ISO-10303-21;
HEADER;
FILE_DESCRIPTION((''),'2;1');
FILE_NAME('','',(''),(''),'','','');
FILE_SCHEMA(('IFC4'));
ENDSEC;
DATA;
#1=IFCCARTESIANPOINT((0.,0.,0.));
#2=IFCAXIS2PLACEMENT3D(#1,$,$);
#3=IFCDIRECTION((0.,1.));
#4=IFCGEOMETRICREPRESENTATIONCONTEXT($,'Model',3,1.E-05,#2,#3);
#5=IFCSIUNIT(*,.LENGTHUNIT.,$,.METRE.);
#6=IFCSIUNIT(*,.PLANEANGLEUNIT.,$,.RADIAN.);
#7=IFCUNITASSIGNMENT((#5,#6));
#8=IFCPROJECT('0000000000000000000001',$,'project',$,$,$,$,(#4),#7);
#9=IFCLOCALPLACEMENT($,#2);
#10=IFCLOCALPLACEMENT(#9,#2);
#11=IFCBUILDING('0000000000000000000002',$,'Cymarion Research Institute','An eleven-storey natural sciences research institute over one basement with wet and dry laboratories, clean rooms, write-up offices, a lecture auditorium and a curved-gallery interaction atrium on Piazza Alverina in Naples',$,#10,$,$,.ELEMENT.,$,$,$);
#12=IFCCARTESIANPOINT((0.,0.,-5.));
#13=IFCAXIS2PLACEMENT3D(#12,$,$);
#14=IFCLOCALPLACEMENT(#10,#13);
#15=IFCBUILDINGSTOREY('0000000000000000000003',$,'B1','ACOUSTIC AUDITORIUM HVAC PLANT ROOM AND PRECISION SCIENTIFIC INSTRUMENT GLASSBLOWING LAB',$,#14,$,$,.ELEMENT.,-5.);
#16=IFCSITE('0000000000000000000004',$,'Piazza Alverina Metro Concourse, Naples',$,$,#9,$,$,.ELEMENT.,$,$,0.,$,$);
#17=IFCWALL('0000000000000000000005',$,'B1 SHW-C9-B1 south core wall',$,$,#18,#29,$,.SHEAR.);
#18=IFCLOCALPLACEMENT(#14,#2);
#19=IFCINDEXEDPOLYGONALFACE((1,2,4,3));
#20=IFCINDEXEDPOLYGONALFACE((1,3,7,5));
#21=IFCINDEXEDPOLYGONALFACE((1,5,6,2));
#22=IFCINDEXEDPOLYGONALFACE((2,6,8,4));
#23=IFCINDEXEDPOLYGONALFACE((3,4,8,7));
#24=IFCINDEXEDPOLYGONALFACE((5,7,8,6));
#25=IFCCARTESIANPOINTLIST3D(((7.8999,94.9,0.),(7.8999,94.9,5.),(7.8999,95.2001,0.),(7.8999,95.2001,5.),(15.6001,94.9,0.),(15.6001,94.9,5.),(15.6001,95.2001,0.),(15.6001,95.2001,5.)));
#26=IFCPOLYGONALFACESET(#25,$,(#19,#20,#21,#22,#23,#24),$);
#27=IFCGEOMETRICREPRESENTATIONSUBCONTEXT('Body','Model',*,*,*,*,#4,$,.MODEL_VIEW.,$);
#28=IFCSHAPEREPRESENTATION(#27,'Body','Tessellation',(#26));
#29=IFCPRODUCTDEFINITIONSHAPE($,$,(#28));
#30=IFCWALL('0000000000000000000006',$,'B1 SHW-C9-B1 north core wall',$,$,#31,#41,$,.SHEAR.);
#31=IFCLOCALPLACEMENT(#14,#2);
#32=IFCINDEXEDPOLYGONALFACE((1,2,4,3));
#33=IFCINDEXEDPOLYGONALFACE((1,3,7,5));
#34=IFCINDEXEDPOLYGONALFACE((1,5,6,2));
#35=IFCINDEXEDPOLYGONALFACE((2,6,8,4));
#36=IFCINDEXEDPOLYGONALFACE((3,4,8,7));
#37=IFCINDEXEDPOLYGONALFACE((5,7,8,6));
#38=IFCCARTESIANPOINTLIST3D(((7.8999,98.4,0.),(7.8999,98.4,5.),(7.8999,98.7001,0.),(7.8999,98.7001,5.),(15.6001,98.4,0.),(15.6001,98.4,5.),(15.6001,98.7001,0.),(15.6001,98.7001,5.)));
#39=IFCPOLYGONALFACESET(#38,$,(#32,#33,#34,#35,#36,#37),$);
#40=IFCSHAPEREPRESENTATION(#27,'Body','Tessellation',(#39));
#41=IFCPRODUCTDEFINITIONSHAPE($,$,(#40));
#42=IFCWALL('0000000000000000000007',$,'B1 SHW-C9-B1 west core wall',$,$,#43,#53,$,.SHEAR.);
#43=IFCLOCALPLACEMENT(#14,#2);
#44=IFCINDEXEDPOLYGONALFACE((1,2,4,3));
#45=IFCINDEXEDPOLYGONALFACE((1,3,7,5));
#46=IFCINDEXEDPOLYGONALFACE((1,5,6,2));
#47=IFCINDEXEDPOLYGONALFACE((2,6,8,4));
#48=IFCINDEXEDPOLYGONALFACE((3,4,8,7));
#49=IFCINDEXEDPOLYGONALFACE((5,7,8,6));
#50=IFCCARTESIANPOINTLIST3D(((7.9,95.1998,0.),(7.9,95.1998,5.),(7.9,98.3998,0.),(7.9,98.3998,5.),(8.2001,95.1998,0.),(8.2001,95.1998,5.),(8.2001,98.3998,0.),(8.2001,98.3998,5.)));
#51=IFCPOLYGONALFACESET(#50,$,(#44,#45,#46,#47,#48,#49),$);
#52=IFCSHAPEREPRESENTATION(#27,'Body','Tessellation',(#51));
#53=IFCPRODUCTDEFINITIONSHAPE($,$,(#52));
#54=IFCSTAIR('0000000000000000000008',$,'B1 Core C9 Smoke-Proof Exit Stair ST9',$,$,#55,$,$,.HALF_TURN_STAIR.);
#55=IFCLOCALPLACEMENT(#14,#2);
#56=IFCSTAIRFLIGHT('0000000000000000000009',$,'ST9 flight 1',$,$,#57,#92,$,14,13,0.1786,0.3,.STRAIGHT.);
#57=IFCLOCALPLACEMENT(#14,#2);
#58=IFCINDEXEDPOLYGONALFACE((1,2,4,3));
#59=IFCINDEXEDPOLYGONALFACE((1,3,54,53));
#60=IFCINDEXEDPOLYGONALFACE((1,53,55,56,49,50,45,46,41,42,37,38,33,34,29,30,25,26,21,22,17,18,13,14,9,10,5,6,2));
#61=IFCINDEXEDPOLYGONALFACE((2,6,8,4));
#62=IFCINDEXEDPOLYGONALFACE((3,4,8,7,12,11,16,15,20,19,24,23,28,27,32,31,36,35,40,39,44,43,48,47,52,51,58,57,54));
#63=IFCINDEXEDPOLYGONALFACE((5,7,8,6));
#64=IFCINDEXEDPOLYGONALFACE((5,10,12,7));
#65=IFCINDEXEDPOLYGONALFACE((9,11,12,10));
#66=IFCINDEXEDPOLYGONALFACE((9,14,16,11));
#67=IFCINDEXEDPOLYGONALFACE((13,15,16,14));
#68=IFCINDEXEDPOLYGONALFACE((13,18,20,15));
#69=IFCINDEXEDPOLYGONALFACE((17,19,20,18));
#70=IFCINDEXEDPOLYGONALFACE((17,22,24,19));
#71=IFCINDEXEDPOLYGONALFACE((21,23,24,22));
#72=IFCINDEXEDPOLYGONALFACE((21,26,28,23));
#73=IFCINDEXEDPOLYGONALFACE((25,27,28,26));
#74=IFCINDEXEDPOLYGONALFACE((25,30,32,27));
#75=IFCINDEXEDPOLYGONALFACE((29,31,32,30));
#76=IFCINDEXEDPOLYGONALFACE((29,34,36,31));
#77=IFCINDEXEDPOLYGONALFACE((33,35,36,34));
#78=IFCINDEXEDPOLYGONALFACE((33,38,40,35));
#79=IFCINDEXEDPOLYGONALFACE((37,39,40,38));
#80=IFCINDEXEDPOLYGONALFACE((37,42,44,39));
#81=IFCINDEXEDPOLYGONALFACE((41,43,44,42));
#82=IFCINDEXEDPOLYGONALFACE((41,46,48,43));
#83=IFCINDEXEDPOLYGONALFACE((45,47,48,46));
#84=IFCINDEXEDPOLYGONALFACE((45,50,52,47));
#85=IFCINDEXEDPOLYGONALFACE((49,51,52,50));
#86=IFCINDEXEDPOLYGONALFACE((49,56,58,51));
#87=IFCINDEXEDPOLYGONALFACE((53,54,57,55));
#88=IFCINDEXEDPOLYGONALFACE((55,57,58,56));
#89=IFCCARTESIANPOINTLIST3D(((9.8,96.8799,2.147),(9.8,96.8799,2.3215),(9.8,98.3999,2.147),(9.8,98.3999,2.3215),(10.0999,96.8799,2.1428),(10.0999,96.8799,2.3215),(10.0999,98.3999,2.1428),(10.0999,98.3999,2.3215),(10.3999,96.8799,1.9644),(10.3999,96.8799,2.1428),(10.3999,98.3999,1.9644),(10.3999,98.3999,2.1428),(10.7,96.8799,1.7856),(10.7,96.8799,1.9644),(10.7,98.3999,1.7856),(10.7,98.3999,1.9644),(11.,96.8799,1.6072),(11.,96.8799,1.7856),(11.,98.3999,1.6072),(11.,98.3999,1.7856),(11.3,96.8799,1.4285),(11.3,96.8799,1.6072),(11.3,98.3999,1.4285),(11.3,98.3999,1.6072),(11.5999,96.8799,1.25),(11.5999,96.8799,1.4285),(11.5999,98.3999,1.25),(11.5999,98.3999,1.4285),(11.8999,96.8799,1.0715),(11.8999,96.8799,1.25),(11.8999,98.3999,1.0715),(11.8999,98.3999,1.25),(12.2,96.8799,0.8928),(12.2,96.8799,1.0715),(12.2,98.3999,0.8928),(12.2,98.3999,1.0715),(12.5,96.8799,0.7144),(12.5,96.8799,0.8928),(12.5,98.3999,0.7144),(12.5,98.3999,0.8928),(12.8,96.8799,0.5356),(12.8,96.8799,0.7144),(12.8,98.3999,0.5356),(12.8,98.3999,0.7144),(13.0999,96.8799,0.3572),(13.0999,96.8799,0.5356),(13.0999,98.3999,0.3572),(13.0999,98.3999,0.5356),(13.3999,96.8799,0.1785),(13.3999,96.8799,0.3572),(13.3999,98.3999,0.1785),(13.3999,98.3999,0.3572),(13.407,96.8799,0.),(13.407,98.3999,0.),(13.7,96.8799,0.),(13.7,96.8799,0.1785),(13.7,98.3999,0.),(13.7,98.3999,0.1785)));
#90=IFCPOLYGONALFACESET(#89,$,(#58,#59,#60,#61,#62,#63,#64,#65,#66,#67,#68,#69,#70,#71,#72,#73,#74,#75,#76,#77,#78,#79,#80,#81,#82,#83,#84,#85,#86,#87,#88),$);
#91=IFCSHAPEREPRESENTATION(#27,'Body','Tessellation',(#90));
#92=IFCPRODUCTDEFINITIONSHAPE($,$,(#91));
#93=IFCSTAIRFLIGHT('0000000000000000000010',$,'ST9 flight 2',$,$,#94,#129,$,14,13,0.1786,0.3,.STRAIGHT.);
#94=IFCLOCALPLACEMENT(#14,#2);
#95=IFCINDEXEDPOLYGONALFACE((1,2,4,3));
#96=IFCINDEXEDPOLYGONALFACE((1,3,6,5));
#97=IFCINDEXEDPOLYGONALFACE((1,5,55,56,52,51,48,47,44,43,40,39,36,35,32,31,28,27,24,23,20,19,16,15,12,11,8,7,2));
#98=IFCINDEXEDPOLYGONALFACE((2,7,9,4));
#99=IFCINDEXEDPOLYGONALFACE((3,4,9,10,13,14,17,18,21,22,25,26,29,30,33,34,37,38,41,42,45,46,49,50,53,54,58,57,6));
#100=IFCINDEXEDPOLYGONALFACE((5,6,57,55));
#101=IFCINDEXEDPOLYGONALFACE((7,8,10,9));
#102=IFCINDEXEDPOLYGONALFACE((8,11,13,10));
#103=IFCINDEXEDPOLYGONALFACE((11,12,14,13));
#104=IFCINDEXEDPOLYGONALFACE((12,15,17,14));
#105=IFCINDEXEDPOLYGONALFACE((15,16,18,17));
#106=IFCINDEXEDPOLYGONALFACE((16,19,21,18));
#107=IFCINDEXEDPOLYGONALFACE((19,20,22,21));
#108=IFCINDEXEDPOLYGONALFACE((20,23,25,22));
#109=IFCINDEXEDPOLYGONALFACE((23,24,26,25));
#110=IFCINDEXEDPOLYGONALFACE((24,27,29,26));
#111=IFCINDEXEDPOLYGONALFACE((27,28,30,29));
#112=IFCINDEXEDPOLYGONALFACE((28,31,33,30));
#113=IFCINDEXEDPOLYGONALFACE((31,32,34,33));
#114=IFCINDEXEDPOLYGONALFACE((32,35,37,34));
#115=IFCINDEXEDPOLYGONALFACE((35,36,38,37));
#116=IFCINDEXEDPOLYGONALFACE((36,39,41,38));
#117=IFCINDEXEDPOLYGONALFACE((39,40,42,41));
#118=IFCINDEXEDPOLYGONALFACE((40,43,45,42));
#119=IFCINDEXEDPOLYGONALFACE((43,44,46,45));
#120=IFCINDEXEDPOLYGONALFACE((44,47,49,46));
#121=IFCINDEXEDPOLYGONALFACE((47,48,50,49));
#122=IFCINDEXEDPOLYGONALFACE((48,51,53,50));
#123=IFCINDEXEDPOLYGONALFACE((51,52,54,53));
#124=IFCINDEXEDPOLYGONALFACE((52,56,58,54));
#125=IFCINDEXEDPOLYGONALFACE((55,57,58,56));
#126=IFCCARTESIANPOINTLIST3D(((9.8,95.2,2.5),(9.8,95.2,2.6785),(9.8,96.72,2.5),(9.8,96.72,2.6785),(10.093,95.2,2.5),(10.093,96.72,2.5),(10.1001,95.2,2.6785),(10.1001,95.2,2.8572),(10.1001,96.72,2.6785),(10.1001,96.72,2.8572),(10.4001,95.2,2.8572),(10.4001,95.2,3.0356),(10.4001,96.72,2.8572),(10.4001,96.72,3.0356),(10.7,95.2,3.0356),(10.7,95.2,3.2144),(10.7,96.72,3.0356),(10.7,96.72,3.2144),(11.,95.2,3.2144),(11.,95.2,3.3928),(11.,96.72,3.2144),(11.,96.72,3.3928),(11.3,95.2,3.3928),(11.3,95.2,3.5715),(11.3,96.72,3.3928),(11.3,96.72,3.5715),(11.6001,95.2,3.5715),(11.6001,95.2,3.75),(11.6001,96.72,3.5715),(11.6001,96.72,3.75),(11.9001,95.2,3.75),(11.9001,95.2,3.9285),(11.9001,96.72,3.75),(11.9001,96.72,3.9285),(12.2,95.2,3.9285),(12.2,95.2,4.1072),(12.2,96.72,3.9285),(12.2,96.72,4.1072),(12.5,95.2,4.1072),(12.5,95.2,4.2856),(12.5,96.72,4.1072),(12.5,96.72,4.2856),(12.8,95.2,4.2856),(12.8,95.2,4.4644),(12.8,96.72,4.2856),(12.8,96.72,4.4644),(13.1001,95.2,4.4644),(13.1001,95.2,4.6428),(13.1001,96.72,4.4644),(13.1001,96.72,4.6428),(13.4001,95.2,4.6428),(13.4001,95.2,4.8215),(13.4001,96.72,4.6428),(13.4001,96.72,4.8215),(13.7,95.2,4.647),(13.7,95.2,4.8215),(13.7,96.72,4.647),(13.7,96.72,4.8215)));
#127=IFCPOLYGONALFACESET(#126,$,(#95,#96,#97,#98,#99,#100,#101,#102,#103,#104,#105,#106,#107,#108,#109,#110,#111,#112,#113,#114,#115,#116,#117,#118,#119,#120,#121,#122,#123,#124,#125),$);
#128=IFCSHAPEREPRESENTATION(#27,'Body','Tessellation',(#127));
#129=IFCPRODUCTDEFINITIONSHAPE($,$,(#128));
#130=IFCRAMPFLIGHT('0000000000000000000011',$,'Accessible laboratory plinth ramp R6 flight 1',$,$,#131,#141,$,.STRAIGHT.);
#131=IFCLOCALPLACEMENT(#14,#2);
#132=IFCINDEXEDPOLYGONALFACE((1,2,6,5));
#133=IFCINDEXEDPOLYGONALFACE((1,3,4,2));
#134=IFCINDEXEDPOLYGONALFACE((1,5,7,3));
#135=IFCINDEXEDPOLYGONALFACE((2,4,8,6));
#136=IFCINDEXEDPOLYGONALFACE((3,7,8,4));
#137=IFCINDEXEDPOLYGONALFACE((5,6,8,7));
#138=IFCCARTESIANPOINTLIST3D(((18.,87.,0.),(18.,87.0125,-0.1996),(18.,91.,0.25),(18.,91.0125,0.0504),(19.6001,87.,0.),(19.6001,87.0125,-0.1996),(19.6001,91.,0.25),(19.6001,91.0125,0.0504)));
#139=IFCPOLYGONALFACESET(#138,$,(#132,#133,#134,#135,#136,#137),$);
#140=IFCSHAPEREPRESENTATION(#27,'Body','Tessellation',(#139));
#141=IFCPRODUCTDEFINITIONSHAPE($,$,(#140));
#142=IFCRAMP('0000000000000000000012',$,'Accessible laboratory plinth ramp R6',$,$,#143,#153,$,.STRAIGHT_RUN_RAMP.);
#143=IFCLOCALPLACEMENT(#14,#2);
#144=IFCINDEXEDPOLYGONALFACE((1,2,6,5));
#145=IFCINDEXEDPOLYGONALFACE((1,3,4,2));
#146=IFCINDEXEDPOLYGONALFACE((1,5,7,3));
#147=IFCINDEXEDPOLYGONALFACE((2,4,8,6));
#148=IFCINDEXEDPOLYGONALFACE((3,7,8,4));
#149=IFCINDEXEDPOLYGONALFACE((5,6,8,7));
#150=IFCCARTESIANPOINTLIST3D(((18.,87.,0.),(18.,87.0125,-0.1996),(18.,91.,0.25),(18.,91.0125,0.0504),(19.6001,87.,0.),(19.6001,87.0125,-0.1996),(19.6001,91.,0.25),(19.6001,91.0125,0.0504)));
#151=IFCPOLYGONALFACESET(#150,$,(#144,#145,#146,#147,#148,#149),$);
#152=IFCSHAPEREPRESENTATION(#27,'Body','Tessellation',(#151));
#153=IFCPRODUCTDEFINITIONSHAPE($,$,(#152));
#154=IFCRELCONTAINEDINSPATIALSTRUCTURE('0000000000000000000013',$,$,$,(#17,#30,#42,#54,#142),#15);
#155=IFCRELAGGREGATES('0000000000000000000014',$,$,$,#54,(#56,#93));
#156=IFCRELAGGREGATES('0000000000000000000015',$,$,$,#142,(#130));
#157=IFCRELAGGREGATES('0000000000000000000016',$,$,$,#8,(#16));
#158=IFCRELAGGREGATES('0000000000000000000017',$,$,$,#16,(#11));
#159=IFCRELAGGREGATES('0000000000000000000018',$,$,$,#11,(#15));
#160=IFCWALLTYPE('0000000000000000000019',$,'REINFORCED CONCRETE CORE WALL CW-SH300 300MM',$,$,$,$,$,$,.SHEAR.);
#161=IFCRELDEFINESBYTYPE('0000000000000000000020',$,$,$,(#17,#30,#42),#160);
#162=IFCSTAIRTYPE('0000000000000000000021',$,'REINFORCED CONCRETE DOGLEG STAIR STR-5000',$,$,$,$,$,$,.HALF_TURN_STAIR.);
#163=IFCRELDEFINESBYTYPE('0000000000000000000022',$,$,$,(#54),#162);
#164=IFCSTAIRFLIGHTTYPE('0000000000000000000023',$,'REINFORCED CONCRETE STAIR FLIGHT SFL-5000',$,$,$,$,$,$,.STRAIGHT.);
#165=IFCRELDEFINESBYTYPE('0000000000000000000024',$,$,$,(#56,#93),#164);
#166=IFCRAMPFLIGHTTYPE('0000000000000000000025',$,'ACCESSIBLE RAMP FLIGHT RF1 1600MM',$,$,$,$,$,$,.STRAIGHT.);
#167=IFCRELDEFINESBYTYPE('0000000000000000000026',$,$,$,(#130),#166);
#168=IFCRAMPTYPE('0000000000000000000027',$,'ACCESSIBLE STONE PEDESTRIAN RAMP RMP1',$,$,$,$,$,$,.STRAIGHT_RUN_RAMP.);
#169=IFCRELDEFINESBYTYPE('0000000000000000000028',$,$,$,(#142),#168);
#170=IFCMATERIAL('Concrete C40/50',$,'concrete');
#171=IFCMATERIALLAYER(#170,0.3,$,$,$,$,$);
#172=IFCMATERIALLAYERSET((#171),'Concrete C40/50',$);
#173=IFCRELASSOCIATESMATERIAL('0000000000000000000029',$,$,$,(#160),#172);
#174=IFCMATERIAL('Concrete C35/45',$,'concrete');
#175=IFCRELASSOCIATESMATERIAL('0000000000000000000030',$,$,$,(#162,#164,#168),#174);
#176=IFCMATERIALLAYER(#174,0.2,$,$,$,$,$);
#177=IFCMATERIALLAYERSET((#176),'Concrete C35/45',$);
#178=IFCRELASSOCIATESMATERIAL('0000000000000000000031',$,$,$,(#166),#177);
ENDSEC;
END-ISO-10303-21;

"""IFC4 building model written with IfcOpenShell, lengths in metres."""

from ifc_helpers import new_model, si_unit, direction, frame, frame_2d, origin, place, context, subcontext, project, spatial, polyline, rectangle, outline, extrude, material, layer, layer_set, type_object, element, aggregate, save


model = new_model("IFC4")

# Units and contexts
model_context = context("Model", 3, precision=1e-05, world=origin(), true_north=direction((0.0, 1.0)))
body_context = subcontext(model_context, "Body", "Model", "MODEL_VIEW")
ifc_project = project(units=[si_unit("LENGTHUNIT", "METRE"), si_unit("PLANEANGLEUNIT", "RADIAN")], contexts=[model_context])

# Site, building, storey
site_placement = place(None, origin())
site = spatial("IfcSite", under=ifc_project, at=site_placement, Name="Piazza Alverina Metro Concourse, Naples", CompositionType="ELEMENT", RefElevation=0.0)
building_placement = place(site_placement, origin())
building = spatial("IfcBuilding", under=site, at=building_placement, Name="Cymarion Research Institute", Description="An eleven-storey natural sciences research institute over one basement with wet and dry laboratories, clean rooms, write-up offices, a lecture auditorium and a curved-gallery interaction atrium on Piazza Alverina in Naples", CompositionType="ELEMENT")
storey_placement = place(building_placement, frame((0.0, 0.0, -5.0)))
storey = spatial("IfcBuildingStorey", under=building, at=storey_placement, Name="B1", Description="ACOUSTIC AUDITORIUM HVAC PLANT ROOM AND PRECISION SCIENTIFIC INSTRUMENT GLASSBLOWING LAB", CompositionType="ELEMENT", Elevation=-5.0)

# Shared definitions
ifc_material_1 = material(Name="Concrete C35/45", Category="concrete")

# Walls
ifc_material_2 = material(Name="Concrete C40/50", Category="concrete")
ifc_layer_1 = layer(ifc_material_2, 0.3)
ifc_layer_set_1 = layer_set([ifc_layer_1], Name="Concrete C40/50")
wall_type_1 = type_object("IfcWallType", Name="REINFORCED CONCRETE CORE WALL CW-SH300 300MM", PredefinedType="SHEAR", material=ifc_layer_set_1)
for number, where, z_axis, x_axis, name in (
    (1, (7.8999, 95.05, 0.0), (0.0, 0.0, 1.0), (1.0, 0.0, 0.0), "B1 SHW-C9-B1 south core wall"),
    (2, (15.6001, 98.55, 0.0), (0.0, 0.0, 1.0), (-1.0, 0.0, 0.0), "B1 SHW-C9-B1 north core wall"),
):
    element("IfcWall", number, at=place(storey_placement, frame(where, z_axis=z_axis, x_axis=x_axis)), inside=storey, type_object=wall_type_1, Name=name, PredefinedType="SHEAR", context=body_context, shape_type="SweptSolid", body=[
        extrude(rectangle(XDim=7.7002, YDim=0.3, at=frame_2d((3.8501, 0.0))), origin(), (0.0, 0.0, 1.0), 5.0),
    ])
wall_1_placement = place(storey_placement, frame((8.05, 98.3999, 0.0), z_axis=(0.0, 0.0, 1.0), x_axis=(0.0, -1.0, 0.0)))
element("IfcWall", 3, at=wall_1_placement, inside=storey, type_object=wall_type_1, Name="B1 SHW-C9-B1 west core wall", PredefinedType="SHEAR", context=body_context, shape_type="SweptSolid", body=[
    extrude(rectangle(XDim=3.2, YDim=0.3, at=frame_2d((1.6001, 0.0))), origin(), (0.0, 0.0, 1.0), 5.0),
])

# Stair, stair flights
stair_type = type_object("IfcStairType", Name="REINFORCED CONCRETE DOGLEG STAIR STR-5000", PredefinedType="HALF_TURN_STAIR", material=ifc_material_1)
stair_placement = place(storey_placement, origin())
stair = element("IfcStair", 4, at=stair_placement, inside=storey, type_object=stair_type, Name="B1 Core C9 Smoke-Proof Exit Stair ST9", PredefinedType="HALF_TURN_STAIR")
stair_flight_type = type_object("IfcStairFlightType", Name="REINFORCED CONCRETE STAIR FLIGHT SFL-5000", PredefinedType="STRAIGHT", material=ifc_material_1)
stair_flight_1_placement = place(storey_placement, frame((13.7, 97.6399, 0.0), z_axis=(0.0, 0.0, 1.0), x_axis=(-1.0, 0.0, 0.0)))
stair_flight_1 = element("IfcStairFlight", 5, at=stair_flight_1_placement, type_object=stair_flight_type, Name="ST9 flight 1", NumberOfRisers=14, NumberOfTreads=13, PredefinedType="STRAIGHT", RiserHeight=0.1786, TreadLength=0.3, context=body_context, shape_type="SweptSolid", body=[
    extrude(outline(polyline([(0.0, 0.0), (0.0, 0.1785), (0.3, 0.1785), (0.3, 0.3572), (0.6001, 0.3572), (0.6001, 0.5356), (0.8999, 0.5356), (0.8999, 0.7144), (1.2, 0.7144), (1.2, 0.8928), (1.5, 0.8928), (1.5, 1.0715), (1.8, 1.0715), (1.8, 1.25), (2.1001, 1.25), (2.1001, 1.4285), (2.3999, 1.4285), (2.3999, 1.6072), (2.7, 1.6072), (2.7, 1.7856), (3.0, 1.7856), (3.0, 1.9644), (3.3, 1.9644), (3.3, 2.1428), (3.6001, 2.1428), (3.6001, 2.3215), (3.8999, 2.3215), (3.8999, 2.5), (3.8999, 2.147), (0.293, 0.0), (0.0, 0.0)])), frame((0.0, 0.76, 0.0), z_axis=(0.0, -1.0, 0.0), x_axis=(1.0, 0.0, 0.0)), (0.0, 0.0, 1.0), 1.52),
])
stair_flight_2_placement = place(storey_placement, frame((9.8, 95.96, 2.5), z_axis=(0.0, 0.0, 1.0), x_axis=(1.0, 0.0, 0.0)))
stair_flight_2 = element("IfcStairFlight", 6, at=stair_flight_2_placement, type_object=stair_flight_type, Name="ST9 flight 2", NumberOfRisers=14, NumberOfTreads=13, PredefinedType="STRAIGHT", RiserHeight=0.1786, TreadLength=0.3, context=body_context, shape_type="SweptSolid", body=[
    extrude(outline(polyline([(0.0, 0.0), (0.0, 0.1785), (0.3, 0.1785), (0.3, 0.3572), (0.6001, 0.3572), (0.6001, 0.5356), (0.8999, 0.5356), (0.8999, 0.7144), (1.2, 0.7144), (1.2, 0.8928), (1.5, 0.8928), (1.5, 1.0715), (1.8, 1.0715), (1.8, 1.25), (2.1001, 1.25), (2.1001, 1.4285), (2.3999, 1.4285), (2.3999, 1.6072), (2.7, 1.6072), (2.7, 1.7856), (3.0, 1.7856), (3.0, 1.9644), (3.3, 1.9644), (3.3, 2.1428), (3.6001, 2.1428), (3.6001, 2.3215), (3.8999, 2.3215), (3.8999, 2.5), (3.8999, 2.147), (0.293, 0.0), (0.0, 0.0)])), frame((0.0, 0.76, 0.0), z_axis=(0.0, -1.0, 0.0), x_axis=(1.0, 0.0, 0.0)), (0.0, 0.0, 1.0), 1.52),
])
aggregate(stair, [stair_flight_1, stair_flight_2])

# Ramp flight
ifc_layer_2 = layer(ifc_material_1, 0.2)
ifc_layer_set_2 = layer_set([ifc_layer_2], Name="Concrete C35/45")
ramp_flight_type = type_object("IfcRampFlightType", Name="ACCESSIBLE RAMP FLIGHT RF1 1600MM", PredefinedType="STRAIGHT", material=ifc_layer_set_2)
ramp_flight_placement = place(storey_placement, frame((18.0, 87.0, 0.0), z_axis=(0.0, -0.062378, 0.998053), x_axis=(1.0, 0.0, 0.0)))
ramp_flight = element("IfcRampFlight", 7, at=ramp_flight_placement, type_object=ramp_flight_type, Name="Accessible laboratory plinth ramp R6 flight 1", PredefinedType="STRAIGHT", context=body_context, shape_type="SweptSolid", body=[
    extrude(outline(polyline([(0.0, 0.0), (1.6001, 0.0), (1.6001, 4.0078), (0.0, 4.0078), (0.0, 0.0)])), origin(), (0.0, 0.0, -1.0), 0.2),
])

# Ramp
ramp_type = type_object("IfcRampType", Name="ACCESSIBLE STONE PEDESTRIAN RAMP RMP1", PredefinedType="STRAIGHT_RUN_RAMP", material=ifc_material_1)
ramp_placement = place(storey_placement, frame((18.0, 87.0, 0.0), z_axis=(0.0, -0.062378, 0.998053), x_axis=(1.0, 0.0, 0.0)))
ramp = element("IfcRamp", 8, at=ramp_placement, inside=storey, type_object=ramp_type, Name="Accessible laboratory plinth ramp R6", PredefinedType="STRAIGHT_RUN_RAMP", context=body_context, shape_type="SweptSolid", body=[
    extrude(outline(polyline([(0.0, 0.0), (1.6001, 0.0), (1.6001, 4.0078), (0.0, 4.0078), (0.0, 0.0)])), origin(), (0.0, 0.0, -1.0), 0.2),
])
aggregate(ramp, [ramp_flight])

save(model, "model.ifc")
